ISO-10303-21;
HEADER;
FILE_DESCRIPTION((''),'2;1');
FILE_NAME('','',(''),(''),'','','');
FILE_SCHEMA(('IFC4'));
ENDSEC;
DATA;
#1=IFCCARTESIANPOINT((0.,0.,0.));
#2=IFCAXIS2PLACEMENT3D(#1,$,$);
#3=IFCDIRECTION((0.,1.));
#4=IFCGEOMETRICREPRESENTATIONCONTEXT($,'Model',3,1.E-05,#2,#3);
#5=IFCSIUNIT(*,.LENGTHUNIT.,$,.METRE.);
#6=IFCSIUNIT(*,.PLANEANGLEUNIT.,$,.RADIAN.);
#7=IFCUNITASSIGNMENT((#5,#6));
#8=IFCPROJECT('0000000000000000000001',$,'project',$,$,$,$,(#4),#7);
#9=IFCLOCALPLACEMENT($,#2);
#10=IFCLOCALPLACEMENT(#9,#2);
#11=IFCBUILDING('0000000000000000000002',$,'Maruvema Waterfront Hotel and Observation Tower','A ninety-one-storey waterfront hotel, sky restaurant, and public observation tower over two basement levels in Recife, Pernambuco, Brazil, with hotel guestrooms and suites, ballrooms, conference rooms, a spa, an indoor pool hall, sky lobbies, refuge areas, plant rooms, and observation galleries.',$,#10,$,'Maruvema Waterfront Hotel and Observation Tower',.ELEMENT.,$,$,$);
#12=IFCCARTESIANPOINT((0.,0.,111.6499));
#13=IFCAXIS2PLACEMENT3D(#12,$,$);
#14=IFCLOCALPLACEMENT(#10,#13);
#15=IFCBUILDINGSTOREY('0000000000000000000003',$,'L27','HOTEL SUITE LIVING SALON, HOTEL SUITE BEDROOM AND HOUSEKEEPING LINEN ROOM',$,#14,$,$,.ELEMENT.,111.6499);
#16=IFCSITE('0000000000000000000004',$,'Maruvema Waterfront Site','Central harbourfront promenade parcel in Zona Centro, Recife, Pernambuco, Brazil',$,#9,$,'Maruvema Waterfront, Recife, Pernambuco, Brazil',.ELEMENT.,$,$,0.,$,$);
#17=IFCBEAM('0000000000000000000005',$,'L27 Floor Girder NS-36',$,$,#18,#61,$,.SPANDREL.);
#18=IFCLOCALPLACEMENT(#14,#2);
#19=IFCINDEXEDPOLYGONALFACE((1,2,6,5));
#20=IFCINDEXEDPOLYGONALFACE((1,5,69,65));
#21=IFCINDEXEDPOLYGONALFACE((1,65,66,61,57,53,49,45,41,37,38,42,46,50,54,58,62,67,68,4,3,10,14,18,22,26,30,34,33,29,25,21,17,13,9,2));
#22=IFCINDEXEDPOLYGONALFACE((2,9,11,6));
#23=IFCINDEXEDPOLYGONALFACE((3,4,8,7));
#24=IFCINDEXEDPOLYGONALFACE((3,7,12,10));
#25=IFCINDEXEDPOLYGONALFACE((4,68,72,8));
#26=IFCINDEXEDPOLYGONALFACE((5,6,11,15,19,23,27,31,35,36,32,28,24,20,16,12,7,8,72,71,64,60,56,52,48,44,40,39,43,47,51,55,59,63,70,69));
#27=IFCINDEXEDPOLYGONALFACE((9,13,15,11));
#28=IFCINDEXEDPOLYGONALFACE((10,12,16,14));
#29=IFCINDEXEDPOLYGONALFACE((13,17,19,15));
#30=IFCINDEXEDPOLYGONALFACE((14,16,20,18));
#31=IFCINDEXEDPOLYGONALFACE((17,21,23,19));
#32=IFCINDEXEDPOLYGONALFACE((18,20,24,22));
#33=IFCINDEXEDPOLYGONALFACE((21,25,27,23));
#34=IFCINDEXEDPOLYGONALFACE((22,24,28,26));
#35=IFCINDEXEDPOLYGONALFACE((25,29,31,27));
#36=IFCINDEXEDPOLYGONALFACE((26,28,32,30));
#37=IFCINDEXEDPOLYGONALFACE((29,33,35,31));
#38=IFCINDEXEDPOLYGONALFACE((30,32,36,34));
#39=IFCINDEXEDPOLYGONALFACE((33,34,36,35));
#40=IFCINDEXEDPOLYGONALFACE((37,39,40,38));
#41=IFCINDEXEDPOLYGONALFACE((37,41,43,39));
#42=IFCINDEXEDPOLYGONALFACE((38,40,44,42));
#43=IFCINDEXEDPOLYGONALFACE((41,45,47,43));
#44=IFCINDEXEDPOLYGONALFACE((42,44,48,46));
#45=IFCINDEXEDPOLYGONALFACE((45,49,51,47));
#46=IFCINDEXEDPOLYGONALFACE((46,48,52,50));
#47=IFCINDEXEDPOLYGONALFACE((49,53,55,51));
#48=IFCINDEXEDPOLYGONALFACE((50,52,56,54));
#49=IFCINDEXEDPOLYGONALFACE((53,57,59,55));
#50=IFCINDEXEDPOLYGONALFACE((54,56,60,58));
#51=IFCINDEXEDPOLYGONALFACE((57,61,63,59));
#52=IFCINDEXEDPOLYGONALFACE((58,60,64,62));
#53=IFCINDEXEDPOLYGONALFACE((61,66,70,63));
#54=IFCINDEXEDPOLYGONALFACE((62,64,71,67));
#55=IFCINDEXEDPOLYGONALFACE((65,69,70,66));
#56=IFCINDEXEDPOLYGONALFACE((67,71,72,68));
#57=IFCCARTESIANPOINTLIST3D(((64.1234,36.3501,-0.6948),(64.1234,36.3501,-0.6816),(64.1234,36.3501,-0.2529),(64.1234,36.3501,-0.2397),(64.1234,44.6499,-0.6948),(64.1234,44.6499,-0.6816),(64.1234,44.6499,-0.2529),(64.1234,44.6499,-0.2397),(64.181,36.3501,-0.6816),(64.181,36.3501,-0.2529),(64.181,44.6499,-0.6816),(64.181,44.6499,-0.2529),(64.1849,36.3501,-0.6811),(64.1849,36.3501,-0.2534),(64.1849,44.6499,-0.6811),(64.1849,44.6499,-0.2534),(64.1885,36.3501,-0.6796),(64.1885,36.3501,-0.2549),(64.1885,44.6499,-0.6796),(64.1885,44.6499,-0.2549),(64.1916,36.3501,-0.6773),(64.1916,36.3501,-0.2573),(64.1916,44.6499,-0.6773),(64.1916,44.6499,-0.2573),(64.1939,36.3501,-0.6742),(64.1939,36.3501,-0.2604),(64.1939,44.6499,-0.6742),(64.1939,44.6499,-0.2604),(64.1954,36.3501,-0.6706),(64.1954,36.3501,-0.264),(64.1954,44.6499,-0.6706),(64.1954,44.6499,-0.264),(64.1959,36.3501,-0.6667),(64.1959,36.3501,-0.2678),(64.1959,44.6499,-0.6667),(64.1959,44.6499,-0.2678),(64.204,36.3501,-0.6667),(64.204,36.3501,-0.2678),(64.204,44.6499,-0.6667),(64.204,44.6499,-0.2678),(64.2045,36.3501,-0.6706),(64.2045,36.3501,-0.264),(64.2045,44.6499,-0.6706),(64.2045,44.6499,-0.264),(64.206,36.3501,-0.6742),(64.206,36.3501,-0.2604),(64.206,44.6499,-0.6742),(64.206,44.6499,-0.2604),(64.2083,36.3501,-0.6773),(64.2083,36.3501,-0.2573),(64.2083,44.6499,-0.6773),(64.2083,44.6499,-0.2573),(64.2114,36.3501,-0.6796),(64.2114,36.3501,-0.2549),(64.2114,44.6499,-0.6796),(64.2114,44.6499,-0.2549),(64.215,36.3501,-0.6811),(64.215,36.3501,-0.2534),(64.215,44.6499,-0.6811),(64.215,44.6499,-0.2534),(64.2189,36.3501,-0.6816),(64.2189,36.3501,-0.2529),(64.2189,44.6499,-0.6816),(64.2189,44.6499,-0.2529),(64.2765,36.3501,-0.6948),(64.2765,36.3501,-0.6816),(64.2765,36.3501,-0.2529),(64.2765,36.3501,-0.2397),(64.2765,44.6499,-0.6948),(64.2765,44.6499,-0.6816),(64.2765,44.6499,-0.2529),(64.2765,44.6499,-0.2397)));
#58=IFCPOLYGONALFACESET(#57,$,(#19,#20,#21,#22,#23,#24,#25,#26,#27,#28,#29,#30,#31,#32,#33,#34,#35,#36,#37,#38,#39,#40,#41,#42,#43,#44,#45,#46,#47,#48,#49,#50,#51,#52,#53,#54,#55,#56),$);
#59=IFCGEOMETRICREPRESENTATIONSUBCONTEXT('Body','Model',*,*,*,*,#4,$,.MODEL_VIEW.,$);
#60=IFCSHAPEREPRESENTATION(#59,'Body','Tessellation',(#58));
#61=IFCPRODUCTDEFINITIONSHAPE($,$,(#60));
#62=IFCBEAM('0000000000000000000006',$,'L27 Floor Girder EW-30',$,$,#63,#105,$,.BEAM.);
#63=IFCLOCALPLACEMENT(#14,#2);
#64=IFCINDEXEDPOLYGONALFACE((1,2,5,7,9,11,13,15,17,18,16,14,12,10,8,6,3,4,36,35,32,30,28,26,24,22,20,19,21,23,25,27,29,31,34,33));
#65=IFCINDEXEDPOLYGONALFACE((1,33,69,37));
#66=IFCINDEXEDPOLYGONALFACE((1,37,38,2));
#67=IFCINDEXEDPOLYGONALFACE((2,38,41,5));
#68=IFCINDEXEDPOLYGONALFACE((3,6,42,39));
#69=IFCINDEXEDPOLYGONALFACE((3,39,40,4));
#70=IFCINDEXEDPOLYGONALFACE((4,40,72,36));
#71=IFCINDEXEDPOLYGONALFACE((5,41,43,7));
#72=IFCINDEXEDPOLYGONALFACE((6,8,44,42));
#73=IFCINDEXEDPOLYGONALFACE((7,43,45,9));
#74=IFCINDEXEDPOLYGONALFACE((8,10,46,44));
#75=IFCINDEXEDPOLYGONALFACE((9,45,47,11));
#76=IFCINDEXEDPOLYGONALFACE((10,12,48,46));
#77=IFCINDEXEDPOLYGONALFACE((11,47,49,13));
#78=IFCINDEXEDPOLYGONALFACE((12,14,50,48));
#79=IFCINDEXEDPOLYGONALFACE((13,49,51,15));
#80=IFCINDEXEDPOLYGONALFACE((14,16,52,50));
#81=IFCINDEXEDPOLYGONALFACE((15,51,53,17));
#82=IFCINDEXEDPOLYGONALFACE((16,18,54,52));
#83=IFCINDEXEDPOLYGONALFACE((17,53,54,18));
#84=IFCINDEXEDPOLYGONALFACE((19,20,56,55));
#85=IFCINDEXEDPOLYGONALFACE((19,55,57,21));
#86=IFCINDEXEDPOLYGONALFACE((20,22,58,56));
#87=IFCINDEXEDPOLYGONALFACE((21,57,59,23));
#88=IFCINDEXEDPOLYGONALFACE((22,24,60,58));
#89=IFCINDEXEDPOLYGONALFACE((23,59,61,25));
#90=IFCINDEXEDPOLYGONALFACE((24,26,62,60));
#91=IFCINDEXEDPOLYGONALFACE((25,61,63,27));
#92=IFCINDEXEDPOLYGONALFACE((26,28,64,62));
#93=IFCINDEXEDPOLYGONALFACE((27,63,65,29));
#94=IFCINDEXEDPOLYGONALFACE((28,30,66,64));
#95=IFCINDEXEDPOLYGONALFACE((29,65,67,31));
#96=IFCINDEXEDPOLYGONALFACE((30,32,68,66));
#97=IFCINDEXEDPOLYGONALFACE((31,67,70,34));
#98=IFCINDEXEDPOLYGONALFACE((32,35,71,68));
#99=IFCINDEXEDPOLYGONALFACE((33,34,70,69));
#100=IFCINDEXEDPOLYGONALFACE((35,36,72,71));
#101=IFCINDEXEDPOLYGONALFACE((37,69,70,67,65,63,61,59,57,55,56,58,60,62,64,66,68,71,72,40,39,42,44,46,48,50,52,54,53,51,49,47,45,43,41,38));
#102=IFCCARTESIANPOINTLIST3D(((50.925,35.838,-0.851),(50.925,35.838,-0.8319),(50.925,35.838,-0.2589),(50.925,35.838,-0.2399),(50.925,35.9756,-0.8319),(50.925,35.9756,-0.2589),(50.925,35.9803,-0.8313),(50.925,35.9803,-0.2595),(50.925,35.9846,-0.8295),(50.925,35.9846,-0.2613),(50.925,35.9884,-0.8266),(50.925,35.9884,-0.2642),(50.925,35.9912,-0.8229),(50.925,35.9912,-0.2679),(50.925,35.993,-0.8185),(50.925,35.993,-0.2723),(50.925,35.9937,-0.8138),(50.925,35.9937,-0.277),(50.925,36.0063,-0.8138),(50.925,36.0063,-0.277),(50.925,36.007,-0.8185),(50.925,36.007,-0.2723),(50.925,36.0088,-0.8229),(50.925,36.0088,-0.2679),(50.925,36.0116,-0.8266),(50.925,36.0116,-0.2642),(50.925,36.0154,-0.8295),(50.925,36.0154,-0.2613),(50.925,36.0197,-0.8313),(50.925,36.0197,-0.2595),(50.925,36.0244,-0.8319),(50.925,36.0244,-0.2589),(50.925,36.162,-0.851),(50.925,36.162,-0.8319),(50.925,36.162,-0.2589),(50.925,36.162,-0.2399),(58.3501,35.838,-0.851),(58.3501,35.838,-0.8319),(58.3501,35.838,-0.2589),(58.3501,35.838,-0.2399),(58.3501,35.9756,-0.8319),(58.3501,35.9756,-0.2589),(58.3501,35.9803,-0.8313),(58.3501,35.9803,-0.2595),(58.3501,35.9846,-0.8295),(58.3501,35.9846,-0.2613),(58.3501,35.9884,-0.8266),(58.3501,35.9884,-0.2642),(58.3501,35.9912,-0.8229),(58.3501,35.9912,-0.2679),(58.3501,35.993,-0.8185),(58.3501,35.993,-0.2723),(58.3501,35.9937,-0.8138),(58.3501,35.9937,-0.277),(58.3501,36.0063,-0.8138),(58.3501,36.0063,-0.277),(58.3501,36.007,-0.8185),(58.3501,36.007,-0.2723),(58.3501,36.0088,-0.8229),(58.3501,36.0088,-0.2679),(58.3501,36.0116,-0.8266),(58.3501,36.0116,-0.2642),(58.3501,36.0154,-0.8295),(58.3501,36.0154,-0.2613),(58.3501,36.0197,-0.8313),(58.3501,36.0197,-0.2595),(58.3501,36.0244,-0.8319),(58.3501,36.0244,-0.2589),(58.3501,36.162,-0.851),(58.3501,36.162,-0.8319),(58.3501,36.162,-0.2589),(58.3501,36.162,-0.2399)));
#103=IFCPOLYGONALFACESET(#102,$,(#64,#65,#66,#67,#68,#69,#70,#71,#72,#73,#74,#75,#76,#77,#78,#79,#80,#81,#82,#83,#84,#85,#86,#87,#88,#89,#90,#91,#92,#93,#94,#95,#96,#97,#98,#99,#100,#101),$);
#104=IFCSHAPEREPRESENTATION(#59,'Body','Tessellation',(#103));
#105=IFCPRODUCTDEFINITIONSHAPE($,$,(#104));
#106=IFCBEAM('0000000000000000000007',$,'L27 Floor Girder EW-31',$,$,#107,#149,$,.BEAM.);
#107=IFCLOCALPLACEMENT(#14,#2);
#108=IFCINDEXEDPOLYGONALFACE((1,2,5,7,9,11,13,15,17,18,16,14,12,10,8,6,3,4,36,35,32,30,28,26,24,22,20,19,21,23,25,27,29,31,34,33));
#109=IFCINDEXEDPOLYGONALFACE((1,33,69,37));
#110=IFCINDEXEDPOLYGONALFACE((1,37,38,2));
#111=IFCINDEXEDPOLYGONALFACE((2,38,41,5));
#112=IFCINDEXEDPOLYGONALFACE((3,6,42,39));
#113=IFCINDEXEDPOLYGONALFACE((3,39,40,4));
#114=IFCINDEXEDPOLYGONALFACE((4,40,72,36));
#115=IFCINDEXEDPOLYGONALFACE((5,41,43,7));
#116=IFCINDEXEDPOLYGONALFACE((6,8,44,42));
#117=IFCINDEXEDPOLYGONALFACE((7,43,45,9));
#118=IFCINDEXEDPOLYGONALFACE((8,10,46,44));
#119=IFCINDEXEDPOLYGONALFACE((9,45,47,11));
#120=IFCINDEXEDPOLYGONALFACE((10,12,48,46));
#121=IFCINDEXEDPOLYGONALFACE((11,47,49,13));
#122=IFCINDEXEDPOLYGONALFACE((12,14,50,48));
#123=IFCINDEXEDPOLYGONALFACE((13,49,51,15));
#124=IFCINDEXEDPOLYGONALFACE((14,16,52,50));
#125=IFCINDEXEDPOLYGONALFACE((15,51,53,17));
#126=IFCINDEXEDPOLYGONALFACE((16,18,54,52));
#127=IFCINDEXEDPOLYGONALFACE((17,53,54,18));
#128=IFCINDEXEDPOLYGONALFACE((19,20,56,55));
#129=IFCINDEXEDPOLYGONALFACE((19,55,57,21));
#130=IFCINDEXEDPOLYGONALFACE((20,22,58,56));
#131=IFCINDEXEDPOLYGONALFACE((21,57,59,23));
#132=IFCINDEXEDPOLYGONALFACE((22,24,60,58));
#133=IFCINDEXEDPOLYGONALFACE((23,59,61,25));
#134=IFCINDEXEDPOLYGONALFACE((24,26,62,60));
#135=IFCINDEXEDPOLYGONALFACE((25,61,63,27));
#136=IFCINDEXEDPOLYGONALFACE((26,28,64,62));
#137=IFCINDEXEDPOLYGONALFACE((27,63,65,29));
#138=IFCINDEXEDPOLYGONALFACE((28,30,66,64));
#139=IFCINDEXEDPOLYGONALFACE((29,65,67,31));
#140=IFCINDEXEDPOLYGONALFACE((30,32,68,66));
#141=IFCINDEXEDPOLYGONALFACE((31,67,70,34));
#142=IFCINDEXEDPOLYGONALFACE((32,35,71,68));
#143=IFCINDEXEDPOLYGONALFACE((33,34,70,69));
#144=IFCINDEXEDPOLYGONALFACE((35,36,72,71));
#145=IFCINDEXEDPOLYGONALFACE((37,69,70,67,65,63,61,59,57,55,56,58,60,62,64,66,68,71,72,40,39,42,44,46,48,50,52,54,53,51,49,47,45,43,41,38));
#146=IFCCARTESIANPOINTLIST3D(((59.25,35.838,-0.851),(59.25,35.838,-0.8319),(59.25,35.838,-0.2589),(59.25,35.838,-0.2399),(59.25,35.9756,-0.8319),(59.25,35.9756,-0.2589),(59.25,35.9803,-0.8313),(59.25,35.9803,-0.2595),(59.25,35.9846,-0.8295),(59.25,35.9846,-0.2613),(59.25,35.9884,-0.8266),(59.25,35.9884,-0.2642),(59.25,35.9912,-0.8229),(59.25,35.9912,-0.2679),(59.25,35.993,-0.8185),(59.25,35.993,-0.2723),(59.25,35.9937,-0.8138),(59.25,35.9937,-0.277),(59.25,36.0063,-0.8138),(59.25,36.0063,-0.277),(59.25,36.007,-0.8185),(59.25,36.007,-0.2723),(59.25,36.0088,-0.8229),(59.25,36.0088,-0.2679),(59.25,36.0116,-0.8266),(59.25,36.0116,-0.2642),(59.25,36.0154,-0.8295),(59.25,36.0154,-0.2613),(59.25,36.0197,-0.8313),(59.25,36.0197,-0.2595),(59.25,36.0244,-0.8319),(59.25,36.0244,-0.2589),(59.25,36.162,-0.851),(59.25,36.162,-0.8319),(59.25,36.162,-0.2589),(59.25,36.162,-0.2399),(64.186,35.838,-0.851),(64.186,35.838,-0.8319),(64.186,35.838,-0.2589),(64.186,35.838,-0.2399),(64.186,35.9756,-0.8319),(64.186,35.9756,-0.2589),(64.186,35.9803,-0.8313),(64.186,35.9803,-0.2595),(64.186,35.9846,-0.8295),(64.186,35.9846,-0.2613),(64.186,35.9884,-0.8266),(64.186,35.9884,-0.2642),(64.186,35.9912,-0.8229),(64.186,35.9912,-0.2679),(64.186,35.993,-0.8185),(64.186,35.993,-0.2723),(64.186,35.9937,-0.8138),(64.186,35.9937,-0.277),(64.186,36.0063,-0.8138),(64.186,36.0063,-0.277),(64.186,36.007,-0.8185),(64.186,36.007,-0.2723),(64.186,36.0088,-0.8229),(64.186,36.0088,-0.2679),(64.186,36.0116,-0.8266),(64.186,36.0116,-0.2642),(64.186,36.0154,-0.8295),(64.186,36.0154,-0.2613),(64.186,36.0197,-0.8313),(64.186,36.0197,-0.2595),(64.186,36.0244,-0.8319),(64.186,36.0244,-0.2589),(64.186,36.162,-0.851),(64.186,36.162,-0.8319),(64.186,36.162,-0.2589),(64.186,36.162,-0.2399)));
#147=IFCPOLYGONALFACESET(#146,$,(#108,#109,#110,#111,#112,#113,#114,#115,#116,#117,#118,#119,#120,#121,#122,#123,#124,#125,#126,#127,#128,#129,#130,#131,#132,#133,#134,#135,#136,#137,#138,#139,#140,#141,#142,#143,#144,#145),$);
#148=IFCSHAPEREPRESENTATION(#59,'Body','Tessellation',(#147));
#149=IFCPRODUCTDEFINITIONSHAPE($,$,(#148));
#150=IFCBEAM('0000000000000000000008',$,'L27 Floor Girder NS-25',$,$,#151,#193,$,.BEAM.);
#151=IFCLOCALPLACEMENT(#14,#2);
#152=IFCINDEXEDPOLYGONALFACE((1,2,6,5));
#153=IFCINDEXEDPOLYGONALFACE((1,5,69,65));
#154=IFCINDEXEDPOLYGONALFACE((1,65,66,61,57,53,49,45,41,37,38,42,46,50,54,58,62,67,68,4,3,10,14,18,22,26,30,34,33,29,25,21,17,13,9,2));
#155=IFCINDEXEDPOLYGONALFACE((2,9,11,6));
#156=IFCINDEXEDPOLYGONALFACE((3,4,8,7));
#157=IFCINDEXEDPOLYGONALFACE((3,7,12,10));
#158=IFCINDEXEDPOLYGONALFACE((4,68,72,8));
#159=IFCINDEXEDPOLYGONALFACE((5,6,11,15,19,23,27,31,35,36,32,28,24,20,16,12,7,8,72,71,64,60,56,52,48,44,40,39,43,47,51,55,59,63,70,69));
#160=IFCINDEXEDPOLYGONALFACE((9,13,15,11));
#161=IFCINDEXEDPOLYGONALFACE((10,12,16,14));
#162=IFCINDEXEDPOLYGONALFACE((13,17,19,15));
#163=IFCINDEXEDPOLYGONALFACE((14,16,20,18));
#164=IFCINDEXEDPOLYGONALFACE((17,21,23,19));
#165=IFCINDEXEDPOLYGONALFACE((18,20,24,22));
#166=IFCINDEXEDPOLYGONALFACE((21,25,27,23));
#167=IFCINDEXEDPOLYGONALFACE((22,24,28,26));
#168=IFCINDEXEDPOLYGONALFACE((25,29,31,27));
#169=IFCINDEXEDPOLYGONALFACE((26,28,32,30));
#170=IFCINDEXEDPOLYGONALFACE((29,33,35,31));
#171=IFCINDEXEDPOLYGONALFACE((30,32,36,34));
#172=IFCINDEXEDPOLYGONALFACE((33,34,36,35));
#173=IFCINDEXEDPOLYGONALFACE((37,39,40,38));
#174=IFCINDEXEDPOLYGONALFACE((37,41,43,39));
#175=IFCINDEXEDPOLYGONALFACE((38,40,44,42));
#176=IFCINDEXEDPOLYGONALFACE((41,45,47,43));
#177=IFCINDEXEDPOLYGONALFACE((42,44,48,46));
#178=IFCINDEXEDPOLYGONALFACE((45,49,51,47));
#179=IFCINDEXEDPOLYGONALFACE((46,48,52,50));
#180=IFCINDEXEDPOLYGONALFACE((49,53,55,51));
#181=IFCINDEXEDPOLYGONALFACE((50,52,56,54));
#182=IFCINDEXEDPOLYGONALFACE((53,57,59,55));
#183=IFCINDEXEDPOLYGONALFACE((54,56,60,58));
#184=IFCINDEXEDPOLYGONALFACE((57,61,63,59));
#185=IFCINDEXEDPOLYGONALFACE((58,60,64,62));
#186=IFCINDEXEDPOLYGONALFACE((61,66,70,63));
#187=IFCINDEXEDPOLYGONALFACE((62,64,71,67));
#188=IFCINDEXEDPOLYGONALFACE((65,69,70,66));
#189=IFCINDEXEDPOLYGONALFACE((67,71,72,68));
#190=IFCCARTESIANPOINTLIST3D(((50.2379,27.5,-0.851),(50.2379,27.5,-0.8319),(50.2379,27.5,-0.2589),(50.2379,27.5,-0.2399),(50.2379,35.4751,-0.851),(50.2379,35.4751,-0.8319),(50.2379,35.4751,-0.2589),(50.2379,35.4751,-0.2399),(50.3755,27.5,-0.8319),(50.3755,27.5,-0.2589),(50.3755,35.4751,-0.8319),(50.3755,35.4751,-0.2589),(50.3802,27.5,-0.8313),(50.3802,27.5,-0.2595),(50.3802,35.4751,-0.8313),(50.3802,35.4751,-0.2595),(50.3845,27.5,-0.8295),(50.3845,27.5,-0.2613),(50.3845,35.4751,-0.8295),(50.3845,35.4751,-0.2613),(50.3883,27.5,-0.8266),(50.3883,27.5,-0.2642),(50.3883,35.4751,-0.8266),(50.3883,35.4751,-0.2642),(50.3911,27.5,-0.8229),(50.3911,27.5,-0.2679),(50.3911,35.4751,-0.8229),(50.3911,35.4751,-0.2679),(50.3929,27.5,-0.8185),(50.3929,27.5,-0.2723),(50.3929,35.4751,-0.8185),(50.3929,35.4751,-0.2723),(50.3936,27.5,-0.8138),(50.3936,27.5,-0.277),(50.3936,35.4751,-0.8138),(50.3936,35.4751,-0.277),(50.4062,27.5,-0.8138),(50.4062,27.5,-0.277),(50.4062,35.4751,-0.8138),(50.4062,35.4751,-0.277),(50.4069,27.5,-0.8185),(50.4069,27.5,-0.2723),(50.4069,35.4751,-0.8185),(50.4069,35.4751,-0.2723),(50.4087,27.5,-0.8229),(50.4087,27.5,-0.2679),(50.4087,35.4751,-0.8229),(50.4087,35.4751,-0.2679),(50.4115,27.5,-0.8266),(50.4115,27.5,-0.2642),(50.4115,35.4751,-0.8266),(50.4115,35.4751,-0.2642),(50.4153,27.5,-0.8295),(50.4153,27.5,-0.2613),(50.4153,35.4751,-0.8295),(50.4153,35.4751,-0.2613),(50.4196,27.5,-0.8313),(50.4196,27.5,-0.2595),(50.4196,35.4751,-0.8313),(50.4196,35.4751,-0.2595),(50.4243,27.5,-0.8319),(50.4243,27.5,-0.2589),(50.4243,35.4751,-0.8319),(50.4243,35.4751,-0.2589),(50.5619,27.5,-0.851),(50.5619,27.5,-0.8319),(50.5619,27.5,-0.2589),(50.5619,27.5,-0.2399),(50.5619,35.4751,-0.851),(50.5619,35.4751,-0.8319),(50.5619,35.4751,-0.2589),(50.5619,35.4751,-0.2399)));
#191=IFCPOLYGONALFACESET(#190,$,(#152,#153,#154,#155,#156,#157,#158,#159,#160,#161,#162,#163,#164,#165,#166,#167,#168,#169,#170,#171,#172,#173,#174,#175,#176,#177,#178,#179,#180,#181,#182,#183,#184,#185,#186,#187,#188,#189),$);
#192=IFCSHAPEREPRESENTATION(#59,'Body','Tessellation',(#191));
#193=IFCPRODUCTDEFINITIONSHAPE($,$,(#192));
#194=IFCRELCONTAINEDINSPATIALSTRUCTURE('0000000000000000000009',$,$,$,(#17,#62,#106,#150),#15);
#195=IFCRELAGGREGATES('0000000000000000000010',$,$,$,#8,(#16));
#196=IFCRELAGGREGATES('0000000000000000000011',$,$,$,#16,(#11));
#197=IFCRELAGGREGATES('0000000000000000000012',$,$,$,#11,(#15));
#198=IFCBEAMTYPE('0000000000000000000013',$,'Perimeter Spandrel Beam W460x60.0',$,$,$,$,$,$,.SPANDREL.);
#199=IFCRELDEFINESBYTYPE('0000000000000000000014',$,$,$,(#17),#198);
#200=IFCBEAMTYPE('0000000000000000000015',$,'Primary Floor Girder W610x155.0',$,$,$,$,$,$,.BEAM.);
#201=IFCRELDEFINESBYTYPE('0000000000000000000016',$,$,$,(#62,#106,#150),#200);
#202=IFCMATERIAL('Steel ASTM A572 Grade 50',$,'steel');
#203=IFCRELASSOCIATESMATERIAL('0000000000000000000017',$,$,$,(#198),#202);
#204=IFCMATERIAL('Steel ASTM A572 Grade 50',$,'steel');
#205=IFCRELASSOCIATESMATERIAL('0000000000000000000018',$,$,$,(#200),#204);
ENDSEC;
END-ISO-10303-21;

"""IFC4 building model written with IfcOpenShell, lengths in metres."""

from ifc_helpers import new_model, si_unit, direction, frame, origin, origin_2d, place, context, subcontext, project, spatial, i_section, extrude, material, material_profile, profile_set, type_object, element, save


model = new_model("IFC4")

# Units and contexts
model_context = context("Model", 3, precision=1e-05, world=origin(), true_north=direction((0.0, 1.0)))
body_context = subcontext(model_context, "Body", "Model", "MODEL_VIEW")
ifc_project = project(units=[si_unit("LENGTHUNIT", "METRE"), si_unit("PLANEANGLEUNIT", "RADIAN")], contexts=[model_context])

# Site, building, storey
site_placement = place(None, origin())
site = spatial("IfcSite", under=ifc_project, at=site_placement, Name="Maruvema Waterfront Site", Description="Central harbourfront promenade parcel in Zona Centro, Recife, Pernambuco, Brazil", LongName="Maruvema Waterfront, Recife, Pernambuco, Brazil", CompositionType="ELEMENT", RefElevation=0.0)
building_placement = place(site_placement, origin())
building = spatial("IfcBuilding", under=site, at=building_placement, Name="Maruvema Waterfront Hotel and Observation Tower", Description="A ninety-one-storey waterfront hotel, sky restaurant, and public observation tower over two basement levels in Recife, Pernambuco, Brazil, with hotel guestrooms and suites, ballrooms, conference rooms, a spa, an indoor pool hall, sky lobbies, refuge areas, plant rooms, and observation galleries.", LongName="Maruvema Waterfront Hotel and Observation Tower", CompositionType="ELEMENT")
storey_placement = place(building_placement, frame((0.0, 0.0, 111.6499)))
storey = spatial("IfcBuildingStorey", under=building, at=storey_placement, Name="L27", Description="HOTEL SUITE LIVING SALON, HOTEL SUITE BEDROOM AND HOUSEKEEPING LINEN ROOM", CompositionType="ELEMENT", Elevation=111.6499)

# Beams
ifc_material_1 = material(Name="Steel ASTM A572 Grade 50", Category="steel")
ifc_material_profile_1 = material_profile(ifc_material_1, i_section(OverallWidth=0.1531, OverallDepth=0.4551, WebThickness=0.0081, FlangeThickness=0.0132, FilletRadius=0.0149, at=origin_2d()), Name="W460x60.0")
ifc_profile_set_1 = profile_set([ifc_material_profile_1], Name="Steel ASTM A572 Grade 50")
beam_type_1 = type_object("IfcBeamType", Name="Perimeter Spandrel Beam W460x60.0", PredefinedType="SPANDREL", material=ifc_profile_set_1)
for number, where, z_axis, x_axis, name in (
    (1, (64.2, 36.3501, -0.4673), (0.0, 1.0, 0.0), (-1.0, 0.0, 0.0), "L27 Floor Girder NS-36"),
):
    element("IfcBeam", number, at=place(storey_placement, frame(where, z_axis=z_axis, x_axis=x_axis)), inside=storey, type_object=beam_type_1, Name=name, PredefinedType="SPANDREL", context=body_context, shape_type="SweptSolid", body=[
        extrude(i_section(OverallWidth=0.1531, OverallDepth=0.4551, WebThickness=0.0081, FlangeThickness=0.0132, FilletRadius=0.0149, at=origin_2d()), origin(), (0.0, 0.0, 1.0), 8.2998),
    ])
ifc_material_2 = material(Name="Steel ASTM A572 Grade 50", Category="steel")
ifc_material_profile_2 = material_profile(ifc_material_2, i_section(OverallWidth=0.324, OverallDepth=0.6111, WebThickness=0.0127, FlangeThickness=0.019, FilletRadius=0.0181, at=origin_2d()), Name="W610x155.0")
ifc_profile_set_2 = profile_set([ifc_material_profile_2], Name="Steel ASTM A572 Grade 50")
beam_type_2 = type_object("IfcBeamType", Name="Primary Floor Girder W610x155.0", PredefinedType="BEAM", material=ifc_profile_set_2)
beam_1_placement = place(storey_placement, frame((50.925, 36.0, -0.5454), z_axis=(1.0, 0.0, 0.0), x_axis=(0.0, 1.0, 0.0)))
element("IfcBeam", 2, at=beam_1_placement, inside=storey, type_object=beam_type_2, Name="L27 Floor Girder EW-30", PredefinedType="BEAM", context=body_context, shape_type="SweptSolid", body=[
    extrude(i_section(OverallWidth=0.324, OverallDepth=0.6111, WebThickness=0.0127, FlangeThickness=0.019, FilletRadius=0.0181, at=origin_2d()), origin(), (0.0, 0.0, 1.0), 7.425),
])
beam_2_placement = place(storey_placement, frame((59.25, 36.0, -0.5454), z_axis=(1.0, 0.0, 0.0), x_axis=(0.0, 1.0, 0.0)))
element("IfcBeam", 3, at=beam_2_placement, inside=storey, type_object=beam_type_2, Name="L27 Floor Girder EW-31", PredefinedType="BEAM", context=body_context, shape_type="SweptSolid", body=[
    extrude(i_section(OverallWidth=0.324, OverallDepth=0.6111, WebThickness=0.0127, FlangeThickness=0.019, FilletRadius=0.0181, at=origin_2d()), origin(), (0.0, 0.0, 1.0), 4.936),
])
for number, where, z_axis, x_axis, name in (
    (4, (50.3999, 27.5, -0.5454), (0.0, 1.0, 0.0), (-1.0, 0.0, 0.0), "L27 Floor Girder NS-25"),
):
    element("IfcBeam", number, at=place(storey_placement, frame(where, z_axis=z_axis, x_axis=x_axis)), inside=storey, type_object=beam_type_2, Name=name, PredefinedType="BEAM", context=body_context, shape_type="SweptSolid", body=[
        extrude(i_section(OverallWidth=0.324, OverallDepth=0.6111, WebThickness=0.0127, FlangeThickness=0.019, FilletRadius=0.0181, at=origin_2d()), origin(), (0.0, 0.0, 1.0), 7.9751),
    ])

save(model, "model.ifc")
